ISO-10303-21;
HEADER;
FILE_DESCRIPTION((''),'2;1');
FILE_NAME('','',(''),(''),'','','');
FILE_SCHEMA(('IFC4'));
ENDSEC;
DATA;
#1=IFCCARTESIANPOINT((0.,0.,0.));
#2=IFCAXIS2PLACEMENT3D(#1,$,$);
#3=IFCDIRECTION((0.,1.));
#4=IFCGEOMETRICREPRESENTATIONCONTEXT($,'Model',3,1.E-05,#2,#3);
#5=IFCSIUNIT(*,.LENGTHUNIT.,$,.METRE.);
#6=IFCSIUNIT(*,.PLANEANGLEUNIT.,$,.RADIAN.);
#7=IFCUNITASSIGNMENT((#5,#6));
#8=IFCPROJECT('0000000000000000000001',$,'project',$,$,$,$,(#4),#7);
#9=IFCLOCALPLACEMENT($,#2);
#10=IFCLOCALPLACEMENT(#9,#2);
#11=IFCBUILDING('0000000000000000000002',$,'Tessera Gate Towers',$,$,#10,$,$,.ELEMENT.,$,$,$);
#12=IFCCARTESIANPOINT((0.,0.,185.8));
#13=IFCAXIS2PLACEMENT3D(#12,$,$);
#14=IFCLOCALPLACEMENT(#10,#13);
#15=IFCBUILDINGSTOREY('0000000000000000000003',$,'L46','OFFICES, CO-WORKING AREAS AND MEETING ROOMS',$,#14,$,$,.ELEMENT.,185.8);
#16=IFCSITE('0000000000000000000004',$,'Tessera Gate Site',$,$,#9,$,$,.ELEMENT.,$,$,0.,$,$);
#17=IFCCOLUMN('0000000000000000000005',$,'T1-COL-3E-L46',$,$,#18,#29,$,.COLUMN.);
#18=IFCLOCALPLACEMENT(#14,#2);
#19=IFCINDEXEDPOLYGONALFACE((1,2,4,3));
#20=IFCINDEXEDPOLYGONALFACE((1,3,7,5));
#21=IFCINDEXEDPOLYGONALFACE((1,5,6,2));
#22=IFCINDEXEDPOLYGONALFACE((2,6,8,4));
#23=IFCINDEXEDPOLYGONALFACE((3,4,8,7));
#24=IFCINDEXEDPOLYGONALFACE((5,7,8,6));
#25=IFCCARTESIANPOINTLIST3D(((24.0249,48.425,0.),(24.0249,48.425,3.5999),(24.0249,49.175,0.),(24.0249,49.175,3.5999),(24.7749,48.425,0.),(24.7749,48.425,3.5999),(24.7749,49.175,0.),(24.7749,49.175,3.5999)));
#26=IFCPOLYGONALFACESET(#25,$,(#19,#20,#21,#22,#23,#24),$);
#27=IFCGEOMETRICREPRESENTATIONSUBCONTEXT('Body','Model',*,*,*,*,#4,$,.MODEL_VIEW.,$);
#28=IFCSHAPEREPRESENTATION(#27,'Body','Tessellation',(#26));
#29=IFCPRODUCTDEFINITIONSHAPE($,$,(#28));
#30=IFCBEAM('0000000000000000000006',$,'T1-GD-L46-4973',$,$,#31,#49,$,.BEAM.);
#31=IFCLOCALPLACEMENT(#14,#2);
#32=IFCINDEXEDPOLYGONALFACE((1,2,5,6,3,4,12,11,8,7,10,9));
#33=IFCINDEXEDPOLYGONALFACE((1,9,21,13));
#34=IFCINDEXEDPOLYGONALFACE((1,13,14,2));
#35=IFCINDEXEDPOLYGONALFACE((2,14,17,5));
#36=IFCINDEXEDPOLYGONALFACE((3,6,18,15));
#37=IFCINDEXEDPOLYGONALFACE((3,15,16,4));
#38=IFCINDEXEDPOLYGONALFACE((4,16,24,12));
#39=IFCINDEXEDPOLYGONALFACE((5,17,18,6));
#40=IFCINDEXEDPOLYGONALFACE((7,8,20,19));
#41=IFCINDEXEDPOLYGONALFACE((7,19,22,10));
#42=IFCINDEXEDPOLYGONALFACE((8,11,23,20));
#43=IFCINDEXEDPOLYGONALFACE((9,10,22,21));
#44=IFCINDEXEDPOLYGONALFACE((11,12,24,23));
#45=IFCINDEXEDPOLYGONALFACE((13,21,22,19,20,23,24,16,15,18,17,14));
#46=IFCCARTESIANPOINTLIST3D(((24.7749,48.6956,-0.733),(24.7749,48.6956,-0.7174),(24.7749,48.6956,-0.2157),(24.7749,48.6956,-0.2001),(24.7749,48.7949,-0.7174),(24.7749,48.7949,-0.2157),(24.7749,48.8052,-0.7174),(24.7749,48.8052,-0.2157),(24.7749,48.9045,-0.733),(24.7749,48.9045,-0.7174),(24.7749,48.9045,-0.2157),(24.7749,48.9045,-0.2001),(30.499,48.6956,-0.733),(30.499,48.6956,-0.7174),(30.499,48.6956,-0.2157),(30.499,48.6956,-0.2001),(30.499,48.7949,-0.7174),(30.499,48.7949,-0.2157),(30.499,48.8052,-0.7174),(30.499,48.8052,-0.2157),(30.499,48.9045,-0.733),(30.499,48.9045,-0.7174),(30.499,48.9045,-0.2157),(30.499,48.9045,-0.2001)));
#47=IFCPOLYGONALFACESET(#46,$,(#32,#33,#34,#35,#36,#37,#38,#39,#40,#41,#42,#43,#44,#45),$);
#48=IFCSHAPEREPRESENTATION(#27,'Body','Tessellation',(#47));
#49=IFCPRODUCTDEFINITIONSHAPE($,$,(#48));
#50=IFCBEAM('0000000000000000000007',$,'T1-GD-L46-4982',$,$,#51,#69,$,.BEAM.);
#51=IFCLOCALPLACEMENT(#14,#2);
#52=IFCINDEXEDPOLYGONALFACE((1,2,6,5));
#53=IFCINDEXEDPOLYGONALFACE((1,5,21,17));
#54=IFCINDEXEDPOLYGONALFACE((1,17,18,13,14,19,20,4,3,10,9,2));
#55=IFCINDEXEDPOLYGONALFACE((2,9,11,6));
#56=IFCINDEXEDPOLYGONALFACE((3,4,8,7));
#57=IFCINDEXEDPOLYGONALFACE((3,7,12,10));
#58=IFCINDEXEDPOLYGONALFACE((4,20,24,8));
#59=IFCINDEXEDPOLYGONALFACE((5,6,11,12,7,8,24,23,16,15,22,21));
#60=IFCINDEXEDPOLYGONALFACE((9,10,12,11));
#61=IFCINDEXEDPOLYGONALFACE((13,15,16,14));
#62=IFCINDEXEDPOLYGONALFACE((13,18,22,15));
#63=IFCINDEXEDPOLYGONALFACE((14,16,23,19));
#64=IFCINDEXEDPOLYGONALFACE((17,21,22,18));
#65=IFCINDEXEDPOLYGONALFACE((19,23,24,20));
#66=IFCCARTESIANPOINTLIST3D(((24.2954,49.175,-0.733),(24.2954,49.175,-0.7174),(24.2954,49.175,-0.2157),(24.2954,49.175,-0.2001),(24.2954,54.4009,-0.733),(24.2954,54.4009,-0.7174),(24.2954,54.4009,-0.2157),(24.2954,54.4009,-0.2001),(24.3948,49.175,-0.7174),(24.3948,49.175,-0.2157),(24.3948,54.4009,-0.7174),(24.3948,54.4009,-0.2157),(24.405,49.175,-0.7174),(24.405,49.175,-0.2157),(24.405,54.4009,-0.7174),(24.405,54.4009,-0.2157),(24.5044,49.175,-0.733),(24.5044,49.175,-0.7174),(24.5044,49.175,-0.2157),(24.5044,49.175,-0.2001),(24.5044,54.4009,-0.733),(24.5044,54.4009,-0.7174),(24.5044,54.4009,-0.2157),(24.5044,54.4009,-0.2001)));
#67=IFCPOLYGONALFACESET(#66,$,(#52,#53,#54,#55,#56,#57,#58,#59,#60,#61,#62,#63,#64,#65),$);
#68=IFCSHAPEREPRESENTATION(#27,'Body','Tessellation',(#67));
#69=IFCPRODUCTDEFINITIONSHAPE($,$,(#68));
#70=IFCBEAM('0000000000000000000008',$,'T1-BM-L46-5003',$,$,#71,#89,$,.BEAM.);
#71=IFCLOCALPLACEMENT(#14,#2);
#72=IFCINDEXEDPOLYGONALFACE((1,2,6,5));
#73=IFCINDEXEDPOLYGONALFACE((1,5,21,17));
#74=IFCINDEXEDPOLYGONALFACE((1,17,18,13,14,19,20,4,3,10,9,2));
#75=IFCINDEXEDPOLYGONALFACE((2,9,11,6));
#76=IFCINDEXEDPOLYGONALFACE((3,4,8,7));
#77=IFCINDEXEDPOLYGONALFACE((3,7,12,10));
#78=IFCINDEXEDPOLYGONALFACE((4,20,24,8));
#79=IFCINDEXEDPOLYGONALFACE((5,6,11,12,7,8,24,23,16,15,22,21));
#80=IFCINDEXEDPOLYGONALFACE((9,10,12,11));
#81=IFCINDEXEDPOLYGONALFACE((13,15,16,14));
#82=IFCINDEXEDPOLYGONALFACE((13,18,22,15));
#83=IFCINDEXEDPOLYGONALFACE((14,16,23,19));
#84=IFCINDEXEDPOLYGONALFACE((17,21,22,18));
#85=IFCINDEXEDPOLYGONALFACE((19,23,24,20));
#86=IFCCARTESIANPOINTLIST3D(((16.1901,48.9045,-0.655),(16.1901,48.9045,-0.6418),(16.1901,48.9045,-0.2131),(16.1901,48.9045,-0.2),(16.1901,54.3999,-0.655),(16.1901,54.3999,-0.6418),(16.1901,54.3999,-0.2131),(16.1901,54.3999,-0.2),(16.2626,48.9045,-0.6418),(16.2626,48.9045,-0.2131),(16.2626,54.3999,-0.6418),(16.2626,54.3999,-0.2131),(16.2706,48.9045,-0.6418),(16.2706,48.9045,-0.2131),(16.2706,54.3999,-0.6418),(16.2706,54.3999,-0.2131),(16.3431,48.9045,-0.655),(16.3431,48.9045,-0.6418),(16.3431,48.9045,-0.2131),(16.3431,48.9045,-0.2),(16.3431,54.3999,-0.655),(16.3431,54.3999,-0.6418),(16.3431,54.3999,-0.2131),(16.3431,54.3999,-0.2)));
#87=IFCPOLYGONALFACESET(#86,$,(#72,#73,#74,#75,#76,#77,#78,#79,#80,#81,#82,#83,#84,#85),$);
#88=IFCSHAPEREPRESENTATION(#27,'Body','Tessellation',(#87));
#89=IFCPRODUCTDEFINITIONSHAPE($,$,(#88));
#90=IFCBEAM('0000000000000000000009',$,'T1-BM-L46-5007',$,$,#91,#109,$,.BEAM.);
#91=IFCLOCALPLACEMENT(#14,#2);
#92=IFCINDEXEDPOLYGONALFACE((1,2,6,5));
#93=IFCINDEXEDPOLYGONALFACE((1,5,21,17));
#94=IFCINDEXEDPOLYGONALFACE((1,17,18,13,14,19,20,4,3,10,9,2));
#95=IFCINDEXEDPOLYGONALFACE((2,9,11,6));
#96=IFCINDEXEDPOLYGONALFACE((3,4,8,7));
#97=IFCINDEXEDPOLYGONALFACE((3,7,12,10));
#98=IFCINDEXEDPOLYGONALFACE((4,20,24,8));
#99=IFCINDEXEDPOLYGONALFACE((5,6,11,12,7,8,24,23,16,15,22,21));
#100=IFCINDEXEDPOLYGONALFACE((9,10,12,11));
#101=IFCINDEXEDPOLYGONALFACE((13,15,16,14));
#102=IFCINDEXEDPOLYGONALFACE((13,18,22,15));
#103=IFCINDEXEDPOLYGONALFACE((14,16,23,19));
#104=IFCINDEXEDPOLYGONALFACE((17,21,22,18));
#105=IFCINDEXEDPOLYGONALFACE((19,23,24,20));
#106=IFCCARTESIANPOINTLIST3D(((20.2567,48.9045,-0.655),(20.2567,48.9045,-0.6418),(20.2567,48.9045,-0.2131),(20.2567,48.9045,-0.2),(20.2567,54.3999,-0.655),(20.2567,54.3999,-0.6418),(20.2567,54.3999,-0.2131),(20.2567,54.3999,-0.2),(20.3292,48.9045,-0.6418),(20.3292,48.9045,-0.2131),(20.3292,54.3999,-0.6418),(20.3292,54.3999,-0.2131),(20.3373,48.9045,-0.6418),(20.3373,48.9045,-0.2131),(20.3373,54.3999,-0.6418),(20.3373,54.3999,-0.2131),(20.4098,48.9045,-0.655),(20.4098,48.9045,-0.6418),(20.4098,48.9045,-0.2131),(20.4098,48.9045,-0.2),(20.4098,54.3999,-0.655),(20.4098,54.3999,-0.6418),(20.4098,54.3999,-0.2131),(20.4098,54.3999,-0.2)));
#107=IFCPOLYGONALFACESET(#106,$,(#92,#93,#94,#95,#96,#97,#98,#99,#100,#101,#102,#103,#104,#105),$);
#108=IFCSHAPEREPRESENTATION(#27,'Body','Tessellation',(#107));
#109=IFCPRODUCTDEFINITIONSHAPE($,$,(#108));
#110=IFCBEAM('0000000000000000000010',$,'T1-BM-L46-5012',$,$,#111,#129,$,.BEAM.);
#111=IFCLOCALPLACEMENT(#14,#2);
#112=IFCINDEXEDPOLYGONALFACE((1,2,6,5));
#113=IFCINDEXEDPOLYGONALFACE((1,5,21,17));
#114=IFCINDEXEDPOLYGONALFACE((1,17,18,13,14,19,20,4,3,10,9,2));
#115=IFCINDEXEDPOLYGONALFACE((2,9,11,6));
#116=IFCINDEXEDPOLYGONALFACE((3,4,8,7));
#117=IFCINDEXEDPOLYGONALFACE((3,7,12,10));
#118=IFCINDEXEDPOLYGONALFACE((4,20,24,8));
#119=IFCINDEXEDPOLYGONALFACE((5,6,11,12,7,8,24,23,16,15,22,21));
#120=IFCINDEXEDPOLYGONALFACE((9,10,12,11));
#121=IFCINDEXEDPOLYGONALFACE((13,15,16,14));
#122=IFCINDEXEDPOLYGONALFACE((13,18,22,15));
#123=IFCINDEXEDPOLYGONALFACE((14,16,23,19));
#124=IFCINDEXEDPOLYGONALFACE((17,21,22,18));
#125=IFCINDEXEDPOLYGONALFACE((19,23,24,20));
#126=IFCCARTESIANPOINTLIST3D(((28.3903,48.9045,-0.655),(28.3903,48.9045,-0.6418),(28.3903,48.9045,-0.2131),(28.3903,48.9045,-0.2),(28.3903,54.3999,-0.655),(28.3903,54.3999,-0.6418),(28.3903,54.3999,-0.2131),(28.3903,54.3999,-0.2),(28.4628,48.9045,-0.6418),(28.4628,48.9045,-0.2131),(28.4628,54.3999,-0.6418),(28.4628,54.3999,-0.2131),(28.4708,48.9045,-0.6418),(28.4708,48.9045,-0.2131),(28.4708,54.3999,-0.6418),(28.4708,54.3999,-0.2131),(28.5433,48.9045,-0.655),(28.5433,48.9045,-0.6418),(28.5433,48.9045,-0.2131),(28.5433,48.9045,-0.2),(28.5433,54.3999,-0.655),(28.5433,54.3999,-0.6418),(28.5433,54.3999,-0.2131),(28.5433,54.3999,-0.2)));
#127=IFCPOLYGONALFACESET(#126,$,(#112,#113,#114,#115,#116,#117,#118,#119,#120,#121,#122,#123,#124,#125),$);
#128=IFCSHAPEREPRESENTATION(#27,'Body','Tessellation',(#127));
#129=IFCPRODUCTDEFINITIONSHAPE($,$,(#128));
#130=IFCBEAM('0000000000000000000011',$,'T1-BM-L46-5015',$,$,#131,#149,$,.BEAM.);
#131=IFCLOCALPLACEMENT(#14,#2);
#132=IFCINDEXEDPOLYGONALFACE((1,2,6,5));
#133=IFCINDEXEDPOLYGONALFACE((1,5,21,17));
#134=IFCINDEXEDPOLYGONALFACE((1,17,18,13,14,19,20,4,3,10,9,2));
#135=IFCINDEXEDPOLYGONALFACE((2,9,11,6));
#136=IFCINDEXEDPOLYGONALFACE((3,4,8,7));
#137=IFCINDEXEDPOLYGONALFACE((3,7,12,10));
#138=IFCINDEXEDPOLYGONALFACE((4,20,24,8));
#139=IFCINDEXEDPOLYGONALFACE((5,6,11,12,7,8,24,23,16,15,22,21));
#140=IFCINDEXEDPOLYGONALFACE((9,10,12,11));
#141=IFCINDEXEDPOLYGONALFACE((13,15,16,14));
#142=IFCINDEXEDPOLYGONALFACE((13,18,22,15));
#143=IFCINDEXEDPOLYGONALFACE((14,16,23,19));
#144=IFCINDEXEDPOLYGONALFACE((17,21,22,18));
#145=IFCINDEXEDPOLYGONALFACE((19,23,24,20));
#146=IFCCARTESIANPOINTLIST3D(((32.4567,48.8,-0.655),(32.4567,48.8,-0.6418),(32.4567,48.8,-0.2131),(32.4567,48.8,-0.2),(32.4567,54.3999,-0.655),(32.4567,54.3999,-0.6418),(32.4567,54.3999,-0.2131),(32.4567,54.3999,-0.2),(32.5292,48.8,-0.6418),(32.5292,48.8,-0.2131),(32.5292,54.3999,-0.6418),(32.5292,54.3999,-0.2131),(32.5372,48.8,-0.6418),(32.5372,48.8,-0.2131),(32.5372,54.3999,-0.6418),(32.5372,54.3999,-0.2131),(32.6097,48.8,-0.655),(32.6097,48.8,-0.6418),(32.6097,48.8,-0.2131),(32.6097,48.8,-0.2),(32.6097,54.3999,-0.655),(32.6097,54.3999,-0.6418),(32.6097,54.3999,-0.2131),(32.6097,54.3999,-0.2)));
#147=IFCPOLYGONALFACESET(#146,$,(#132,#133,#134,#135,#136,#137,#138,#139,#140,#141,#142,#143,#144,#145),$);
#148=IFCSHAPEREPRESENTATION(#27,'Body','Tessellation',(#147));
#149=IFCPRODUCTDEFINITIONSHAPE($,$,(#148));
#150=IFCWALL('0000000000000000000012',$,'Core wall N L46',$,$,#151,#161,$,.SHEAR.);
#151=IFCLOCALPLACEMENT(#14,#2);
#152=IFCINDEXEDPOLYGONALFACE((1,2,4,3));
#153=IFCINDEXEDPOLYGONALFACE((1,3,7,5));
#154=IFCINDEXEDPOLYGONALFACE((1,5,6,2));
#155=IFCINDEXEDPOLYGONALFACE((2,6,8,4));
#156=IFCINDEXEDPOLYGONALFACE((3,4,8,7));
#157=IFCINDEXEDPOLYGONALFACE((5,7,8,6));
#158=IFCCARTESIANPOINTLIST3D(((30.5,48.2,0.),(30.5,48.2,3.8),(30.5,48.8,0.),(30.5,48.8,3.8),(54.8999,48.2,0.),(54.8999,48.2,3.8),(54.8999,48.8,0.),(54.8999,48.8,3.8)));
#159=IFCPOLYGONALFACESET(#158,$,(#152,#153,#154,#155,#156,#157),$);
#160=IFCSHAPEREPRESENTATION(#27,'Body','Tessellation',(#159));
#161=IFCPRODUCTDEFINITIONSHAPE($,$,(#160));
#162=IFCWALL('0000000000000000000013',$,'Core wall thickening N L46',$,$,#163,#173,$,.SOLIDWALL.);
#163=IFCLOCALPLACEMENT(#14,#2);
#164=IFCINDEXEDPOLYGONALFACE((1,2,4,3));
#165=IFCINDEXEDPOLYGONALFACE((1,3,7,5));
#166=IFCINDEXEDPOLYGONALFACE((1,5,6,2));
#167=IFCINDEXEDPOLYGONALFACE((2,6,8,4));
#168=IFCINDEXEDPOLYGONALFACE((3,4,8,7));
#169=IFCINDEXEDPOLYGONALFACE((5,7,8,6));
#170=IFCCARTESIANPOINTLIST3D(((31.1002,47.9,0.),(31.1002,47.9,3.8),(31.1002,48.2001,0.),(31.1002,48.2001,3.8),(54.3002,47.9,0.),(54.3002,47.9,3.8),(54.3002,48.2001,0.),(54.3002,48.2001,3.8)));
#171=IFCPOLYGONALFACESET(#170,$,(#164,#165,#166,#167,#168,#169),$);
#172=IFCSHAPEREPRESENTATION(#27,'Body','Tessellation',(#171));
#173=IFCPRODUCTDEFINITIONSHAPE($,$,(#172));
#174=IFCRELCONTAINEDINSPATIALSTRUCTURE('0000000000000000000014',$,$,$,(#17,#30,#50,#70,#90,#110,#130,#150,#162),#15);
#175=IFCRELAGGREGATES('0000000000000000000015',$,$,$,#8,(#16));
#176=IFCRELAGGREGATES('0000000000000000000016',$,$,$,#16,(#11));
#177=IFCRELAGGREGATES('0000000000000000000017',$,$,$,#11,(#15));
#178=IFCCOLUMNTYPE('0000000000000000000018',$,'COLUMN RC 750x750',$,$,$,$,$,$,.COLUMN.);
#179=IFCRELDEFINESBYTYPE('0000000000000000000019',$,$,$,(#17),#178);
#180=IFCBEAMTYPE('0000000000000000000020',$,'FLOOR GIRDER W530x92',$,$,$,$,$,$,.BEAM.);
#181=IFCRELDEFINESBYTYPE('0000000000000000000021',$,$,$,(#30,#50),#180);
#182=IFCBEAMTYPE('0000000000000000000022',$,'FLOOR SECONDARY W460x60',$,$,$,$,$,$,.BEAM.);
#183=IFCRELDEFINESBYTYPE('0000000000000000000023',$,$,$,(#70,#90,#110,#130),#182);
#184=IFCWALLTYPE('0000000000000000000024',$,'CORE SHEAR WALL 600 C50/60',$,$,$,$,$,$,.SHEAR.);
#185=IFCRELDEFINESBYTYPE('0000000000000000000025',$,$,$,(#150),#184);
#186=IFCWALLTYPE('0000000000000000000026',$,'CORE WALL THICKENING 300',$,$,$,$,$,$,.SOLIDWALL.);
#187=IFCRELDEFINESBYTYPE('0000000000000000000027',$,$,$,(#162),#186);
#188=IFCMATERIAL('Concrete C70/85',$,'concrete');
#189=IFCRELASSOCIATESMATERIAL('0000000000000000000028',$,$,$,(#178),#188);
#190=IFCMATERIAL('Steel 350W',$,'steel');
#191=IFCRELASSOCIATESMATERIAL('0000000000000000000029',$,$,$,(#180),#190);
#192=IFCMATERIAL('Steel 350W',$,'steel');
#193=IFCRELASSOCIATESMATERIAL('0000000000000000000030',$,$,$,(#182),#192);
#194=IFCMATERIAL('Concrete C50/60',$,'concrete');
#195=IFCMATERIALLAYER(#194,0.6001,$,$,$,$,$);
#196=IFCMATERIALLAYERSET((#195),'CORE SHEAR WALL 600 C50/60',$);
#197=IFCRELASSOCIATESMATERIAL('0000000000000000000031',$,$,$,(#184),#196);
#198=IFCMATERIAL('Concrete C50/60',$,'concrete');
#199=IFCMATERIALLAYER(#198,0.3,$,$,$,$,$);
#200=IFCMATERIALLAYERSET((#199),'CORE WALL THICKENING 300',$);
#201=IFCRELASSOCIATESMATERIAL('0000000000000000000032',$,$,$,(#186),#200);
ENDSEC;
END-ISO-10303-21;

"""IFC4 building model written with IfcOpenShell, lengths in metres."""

from ifc_helpers import new_model, si_unit, direction, frame, frame_2d, origin, origin_2d, place, context, subcontext, project, spatial, rectangle, i_section, extrude, material, layer, layer_set, material_profile, profile_set, type_object, element, save


model = new_model("IFC4")

# Units and contexts
model_context = context("Model", 3, precision=1e-05, world=origin(), true_north=direction((0.0, 1.0)))
body_context = subcontext(model_context, "Body", "Model", "MODEL_VIEW")
ifc_project = project(units=[si_unit("LENGTHUNIT", "METRE"), si_unit("PLANEANGLEUNIT", "RADIAN")], contexts=[model_context])

# Site, building, storey
site_placement = place(None, origin())
site = spatial("IfcSite", under=ifc_project, at=site_placement, Name="Tessera Gate Site", CompositionType="ELEMENT", RefElevation=0.0)
building_placement = place(site_placement, origin())
building = spatial("IfcBuilding", under=site, at=building_placement, Name="Tessera Gate Towers", CompositionType="ELEMENT")
storey_placement = place(building_placement, frame((0.0, 0.0, 185.8)))
storey = spatial("IfcBuildingStorey", under=building, at=storey_placement, Name="L46", Description="OFFICES, CO-WORKING AREAS AND MEETING ROOMS", CompositionType="ELEMENT", Elevation=185.8)

# Column
ifc_material_1 = material(Name="Concrete C70/85", Category="concrete")
ifc_material_profile_1 = material_profile(ifc_material_1, rectangle(XDim=0.75, YDim=0.75, at=origin_2d()), Name="RC 750x750")
ifc_profile_set_1 = profile_set([ifc_material_profile_1], Name="Concrete C70/85")
column_type = type_object("IfcColumnType", Name="COLUMN RC 750x750", PredefinedType="COLUMN", material=ifc_profile_set_1)
column_placement = place(storey_placement, frame((24.3999, 48.8, 0.0), z_axis=(0.0, 0.0, 1.0), x_axis=(1.0, 0.0, 0.0)))
element("IfcColumn", 1, at=column_placement, inside=storey, type_object=column_type, Name="T1-COL-3E-L46", PredefinedType="COLUMN", context=body_context, shape_type="SweptSolid", body=[
    extrude(rectangle(XDim=0.75, YDim=0.75, at=origin_2d()), origin(), (0.0, 0.0, 1.0), 3.5999),
])

# Beams
ifc_material_2 = material(Name="Steel 350W", Category="steel")
ifc_material_profile_2 = material_profile(ifc_material_2, i_section(OverallWidth=0.209, OverallDepth=0.533, WebThickness=0.0103, FlangeThickness=0.0156, at=origin_2d()), Name="W530x92")
ifc_profile_set_2 = profile_set([ifc_material_profile_2], Name="Steel 350W")
beam_type_1 = type_object("IfcBeamType", Name="FLOOR GIRDER W530x92", PredefinedType="BEAM", material=ifc_profile_set_2)
beam_1_placement = place(storey_placement, frame((24.7749, 48.8, -0.4666), z_axis=(1.0, 0.0, 0.0), x_axis=(0.0, 1.0, 0.0)))
element("IfcBeam", 2, at=beam_1_placement, inside=storey, type_object=beam_type_1, Name="T1-GD-L46-4973", PredefinedType="BEAM", context=body_context, shape_type="SweptSolid", body=[
    extrude(i_section(OverallWidth=0.209, OverallDepth=0.533, WebThickness=0.0103, FlangeThickness=0.0156, at=origin_2d()), origin(), (0.0, 0.0, 1.0), 5.7241),
])
beam_2_placement = place(storey_placement, frame((24.3999, 49.175, -0.4666), z_axis=(0.0, 1.0, 0.0), x_axis=(-1.0, 0.0, 0.0)))
element("IfcBeam", 3, at=beam_2_placement, inside=storey, type_object=beam_type_1, Name="T1-GD-L46-4982", PredefinedType="BEAM", context=body_context, shape_type="SweptSolid", body=[
    extrude(i_section(OverallWidth=0.209, OverallDepth=0.533, WebThickness=0.0103, FlangeThickness=0.0156, at=origin_2d()), origin(), (0.0, 0.0, 1.0), 5.2258),
])
ifc_material_3 = material(Name="Steel 350W", Category="steel")
ifc_material_profile_3 = material_profile(ifc_material_3, i_section(OverallWidth=0.1531, OverallDepth=0.4551, WebThickness=0.0081, FlangeThickness=0.0132, at=origin_2d()), Name="W460x60")
ifc_profile_set_3 = profile_set([ifc_material_profile_3], Name="Steel 350W")
beam_type_2 = type_object("IfcBeamType", Name="FLOOR SECONDARY W460x60", PredefinedType="BEAM", material=ifc_profile_set_3)
for number, where, z_axis, x_axis, name in (
    (4, (16.2666, 48.9045, -0.4275), (0.0, 1.0, 0.0), (-1.0, 0.0, 0.0), "T1-BM-L46-5003"),
    (5, (20.3333, 48.9045, -0.4275), (0.0, 1.0, 0.0), (-1.0, 0.0, 0.0), "T1-BM-L46-5007"),
    (6, (28.4668, 48.9045, -0.4275), (0.0, 1.0, 0.0), (-1.0, 0.0, 0.0), "T1-BM-L46-5012"),
):
    element("IfcBeam", number, at=place(storey_placement, frame(where, z_axis=z_axis, x_axis=x_axis)), inside=storey, type_object=beam_type_2, Name=name, PredefinedType="BEAM", context=body_context, shape_type="SweptSolid", body=[
        extrude(i_section(OverallWidth=0.1531, OverallDepth=0.4551, WebThickness=0.0081, FlangeThickness=0.0132, at=origin_2d()), origin(), (0.0, 0.0, 1.0), 5.4954),
    ])
beam_3_placement = place(storey_placement, frame((32.5332, 48.8, -0.4275), z_axis=(0.0, 1.0, 0.0), x_axis=(-1.0, 0.0, 0.0)))
element("IfcBeam", 7, at=beam_3_placement, inside=storey, type_object=beam_type_2, Name="T1-BM-L46-5015", PredefinedType="BEAM", context=body_context, shape_type="SweptSolid", body=[
    extrude(i_section(OverallWidth=0.1531, OverallDepth=0.4551, WebThickness=0.0081, FlangeThickness=0.0132, at=origin_2d()), origin(), (0.0, 0.0, 1.0), 5.5999),
])

# Walls
ifc_material_4 = material(Name="Concrete C50/60", Category="concrete")
ifc_layer_1 = layer(ifc_material_4, 0.6001)
ifc_layer_set_1 = layer_set([ifc_layer_1], Name="CORE SHEAR WALL 600 C50/60")
wall_type_1 = type_object("IfcWallType", Name="CORE SHEAR WALL 600 C50/60", PredefinedType="SHEAR", material=ifc_layer_set_1)
wall_1_placement = place(storey_placement, frame((30.5, 48.5, 0.0), z_axis=(0.0, 0.0, 1.0), x_axis=(1.0, 0.0, 0.0)))
element("IfcWall", 8, at=wall_1_placement, inside=storey, type_object=wall_type_1, Name="Core wall N L46", PredefinedType="SHEAR", context=body_context, shape_type="SweptSolid", body=[
    extrude(rectangle(XDim=24.3999, YDim=0.6001, at=frame_2d((12.2, 0.0))), origin(), (0.0, 0.0, 1.0), 3.8),
])
ifc_material_5 = material(Name="Concrete C50/60", Category="concrete")
ifc_layer_2 = layer(ifc_material_5, 0.3)
ifc_layer_set_2 = layer_set([ifc_layer_2], Name="CORE WALL THICKENING 300")
wall_type_2 = type_object("IfcWallType", Name="CORE WALL THICKENING 300", PredefinedType="SOLIDWALL", material=ifc_layer_set_2)
wall_2_placement = place(storey_placement, frame((31.1001, 48.05, 0.0), z_axis=(0.0, 0.0, 1.0), x_axis=(1.0, 0.0, 0.0)))
element("IfcWall", 9, at=wall_2_placement, inside=storey, type_object=wall_type_2, Name="Core wall thickening N L46", PredefinedType="SOLIDWALL", context=body_context, shape_type="SweptSolid", body=[
    extrude(rectangle(XDim=23.2, YDim=0.3, at=frame_2d((11.6001, 0.0))), origin(), (0.0, 0.0, 1.0), 3.8),
])

save(model, "model.ifc")
